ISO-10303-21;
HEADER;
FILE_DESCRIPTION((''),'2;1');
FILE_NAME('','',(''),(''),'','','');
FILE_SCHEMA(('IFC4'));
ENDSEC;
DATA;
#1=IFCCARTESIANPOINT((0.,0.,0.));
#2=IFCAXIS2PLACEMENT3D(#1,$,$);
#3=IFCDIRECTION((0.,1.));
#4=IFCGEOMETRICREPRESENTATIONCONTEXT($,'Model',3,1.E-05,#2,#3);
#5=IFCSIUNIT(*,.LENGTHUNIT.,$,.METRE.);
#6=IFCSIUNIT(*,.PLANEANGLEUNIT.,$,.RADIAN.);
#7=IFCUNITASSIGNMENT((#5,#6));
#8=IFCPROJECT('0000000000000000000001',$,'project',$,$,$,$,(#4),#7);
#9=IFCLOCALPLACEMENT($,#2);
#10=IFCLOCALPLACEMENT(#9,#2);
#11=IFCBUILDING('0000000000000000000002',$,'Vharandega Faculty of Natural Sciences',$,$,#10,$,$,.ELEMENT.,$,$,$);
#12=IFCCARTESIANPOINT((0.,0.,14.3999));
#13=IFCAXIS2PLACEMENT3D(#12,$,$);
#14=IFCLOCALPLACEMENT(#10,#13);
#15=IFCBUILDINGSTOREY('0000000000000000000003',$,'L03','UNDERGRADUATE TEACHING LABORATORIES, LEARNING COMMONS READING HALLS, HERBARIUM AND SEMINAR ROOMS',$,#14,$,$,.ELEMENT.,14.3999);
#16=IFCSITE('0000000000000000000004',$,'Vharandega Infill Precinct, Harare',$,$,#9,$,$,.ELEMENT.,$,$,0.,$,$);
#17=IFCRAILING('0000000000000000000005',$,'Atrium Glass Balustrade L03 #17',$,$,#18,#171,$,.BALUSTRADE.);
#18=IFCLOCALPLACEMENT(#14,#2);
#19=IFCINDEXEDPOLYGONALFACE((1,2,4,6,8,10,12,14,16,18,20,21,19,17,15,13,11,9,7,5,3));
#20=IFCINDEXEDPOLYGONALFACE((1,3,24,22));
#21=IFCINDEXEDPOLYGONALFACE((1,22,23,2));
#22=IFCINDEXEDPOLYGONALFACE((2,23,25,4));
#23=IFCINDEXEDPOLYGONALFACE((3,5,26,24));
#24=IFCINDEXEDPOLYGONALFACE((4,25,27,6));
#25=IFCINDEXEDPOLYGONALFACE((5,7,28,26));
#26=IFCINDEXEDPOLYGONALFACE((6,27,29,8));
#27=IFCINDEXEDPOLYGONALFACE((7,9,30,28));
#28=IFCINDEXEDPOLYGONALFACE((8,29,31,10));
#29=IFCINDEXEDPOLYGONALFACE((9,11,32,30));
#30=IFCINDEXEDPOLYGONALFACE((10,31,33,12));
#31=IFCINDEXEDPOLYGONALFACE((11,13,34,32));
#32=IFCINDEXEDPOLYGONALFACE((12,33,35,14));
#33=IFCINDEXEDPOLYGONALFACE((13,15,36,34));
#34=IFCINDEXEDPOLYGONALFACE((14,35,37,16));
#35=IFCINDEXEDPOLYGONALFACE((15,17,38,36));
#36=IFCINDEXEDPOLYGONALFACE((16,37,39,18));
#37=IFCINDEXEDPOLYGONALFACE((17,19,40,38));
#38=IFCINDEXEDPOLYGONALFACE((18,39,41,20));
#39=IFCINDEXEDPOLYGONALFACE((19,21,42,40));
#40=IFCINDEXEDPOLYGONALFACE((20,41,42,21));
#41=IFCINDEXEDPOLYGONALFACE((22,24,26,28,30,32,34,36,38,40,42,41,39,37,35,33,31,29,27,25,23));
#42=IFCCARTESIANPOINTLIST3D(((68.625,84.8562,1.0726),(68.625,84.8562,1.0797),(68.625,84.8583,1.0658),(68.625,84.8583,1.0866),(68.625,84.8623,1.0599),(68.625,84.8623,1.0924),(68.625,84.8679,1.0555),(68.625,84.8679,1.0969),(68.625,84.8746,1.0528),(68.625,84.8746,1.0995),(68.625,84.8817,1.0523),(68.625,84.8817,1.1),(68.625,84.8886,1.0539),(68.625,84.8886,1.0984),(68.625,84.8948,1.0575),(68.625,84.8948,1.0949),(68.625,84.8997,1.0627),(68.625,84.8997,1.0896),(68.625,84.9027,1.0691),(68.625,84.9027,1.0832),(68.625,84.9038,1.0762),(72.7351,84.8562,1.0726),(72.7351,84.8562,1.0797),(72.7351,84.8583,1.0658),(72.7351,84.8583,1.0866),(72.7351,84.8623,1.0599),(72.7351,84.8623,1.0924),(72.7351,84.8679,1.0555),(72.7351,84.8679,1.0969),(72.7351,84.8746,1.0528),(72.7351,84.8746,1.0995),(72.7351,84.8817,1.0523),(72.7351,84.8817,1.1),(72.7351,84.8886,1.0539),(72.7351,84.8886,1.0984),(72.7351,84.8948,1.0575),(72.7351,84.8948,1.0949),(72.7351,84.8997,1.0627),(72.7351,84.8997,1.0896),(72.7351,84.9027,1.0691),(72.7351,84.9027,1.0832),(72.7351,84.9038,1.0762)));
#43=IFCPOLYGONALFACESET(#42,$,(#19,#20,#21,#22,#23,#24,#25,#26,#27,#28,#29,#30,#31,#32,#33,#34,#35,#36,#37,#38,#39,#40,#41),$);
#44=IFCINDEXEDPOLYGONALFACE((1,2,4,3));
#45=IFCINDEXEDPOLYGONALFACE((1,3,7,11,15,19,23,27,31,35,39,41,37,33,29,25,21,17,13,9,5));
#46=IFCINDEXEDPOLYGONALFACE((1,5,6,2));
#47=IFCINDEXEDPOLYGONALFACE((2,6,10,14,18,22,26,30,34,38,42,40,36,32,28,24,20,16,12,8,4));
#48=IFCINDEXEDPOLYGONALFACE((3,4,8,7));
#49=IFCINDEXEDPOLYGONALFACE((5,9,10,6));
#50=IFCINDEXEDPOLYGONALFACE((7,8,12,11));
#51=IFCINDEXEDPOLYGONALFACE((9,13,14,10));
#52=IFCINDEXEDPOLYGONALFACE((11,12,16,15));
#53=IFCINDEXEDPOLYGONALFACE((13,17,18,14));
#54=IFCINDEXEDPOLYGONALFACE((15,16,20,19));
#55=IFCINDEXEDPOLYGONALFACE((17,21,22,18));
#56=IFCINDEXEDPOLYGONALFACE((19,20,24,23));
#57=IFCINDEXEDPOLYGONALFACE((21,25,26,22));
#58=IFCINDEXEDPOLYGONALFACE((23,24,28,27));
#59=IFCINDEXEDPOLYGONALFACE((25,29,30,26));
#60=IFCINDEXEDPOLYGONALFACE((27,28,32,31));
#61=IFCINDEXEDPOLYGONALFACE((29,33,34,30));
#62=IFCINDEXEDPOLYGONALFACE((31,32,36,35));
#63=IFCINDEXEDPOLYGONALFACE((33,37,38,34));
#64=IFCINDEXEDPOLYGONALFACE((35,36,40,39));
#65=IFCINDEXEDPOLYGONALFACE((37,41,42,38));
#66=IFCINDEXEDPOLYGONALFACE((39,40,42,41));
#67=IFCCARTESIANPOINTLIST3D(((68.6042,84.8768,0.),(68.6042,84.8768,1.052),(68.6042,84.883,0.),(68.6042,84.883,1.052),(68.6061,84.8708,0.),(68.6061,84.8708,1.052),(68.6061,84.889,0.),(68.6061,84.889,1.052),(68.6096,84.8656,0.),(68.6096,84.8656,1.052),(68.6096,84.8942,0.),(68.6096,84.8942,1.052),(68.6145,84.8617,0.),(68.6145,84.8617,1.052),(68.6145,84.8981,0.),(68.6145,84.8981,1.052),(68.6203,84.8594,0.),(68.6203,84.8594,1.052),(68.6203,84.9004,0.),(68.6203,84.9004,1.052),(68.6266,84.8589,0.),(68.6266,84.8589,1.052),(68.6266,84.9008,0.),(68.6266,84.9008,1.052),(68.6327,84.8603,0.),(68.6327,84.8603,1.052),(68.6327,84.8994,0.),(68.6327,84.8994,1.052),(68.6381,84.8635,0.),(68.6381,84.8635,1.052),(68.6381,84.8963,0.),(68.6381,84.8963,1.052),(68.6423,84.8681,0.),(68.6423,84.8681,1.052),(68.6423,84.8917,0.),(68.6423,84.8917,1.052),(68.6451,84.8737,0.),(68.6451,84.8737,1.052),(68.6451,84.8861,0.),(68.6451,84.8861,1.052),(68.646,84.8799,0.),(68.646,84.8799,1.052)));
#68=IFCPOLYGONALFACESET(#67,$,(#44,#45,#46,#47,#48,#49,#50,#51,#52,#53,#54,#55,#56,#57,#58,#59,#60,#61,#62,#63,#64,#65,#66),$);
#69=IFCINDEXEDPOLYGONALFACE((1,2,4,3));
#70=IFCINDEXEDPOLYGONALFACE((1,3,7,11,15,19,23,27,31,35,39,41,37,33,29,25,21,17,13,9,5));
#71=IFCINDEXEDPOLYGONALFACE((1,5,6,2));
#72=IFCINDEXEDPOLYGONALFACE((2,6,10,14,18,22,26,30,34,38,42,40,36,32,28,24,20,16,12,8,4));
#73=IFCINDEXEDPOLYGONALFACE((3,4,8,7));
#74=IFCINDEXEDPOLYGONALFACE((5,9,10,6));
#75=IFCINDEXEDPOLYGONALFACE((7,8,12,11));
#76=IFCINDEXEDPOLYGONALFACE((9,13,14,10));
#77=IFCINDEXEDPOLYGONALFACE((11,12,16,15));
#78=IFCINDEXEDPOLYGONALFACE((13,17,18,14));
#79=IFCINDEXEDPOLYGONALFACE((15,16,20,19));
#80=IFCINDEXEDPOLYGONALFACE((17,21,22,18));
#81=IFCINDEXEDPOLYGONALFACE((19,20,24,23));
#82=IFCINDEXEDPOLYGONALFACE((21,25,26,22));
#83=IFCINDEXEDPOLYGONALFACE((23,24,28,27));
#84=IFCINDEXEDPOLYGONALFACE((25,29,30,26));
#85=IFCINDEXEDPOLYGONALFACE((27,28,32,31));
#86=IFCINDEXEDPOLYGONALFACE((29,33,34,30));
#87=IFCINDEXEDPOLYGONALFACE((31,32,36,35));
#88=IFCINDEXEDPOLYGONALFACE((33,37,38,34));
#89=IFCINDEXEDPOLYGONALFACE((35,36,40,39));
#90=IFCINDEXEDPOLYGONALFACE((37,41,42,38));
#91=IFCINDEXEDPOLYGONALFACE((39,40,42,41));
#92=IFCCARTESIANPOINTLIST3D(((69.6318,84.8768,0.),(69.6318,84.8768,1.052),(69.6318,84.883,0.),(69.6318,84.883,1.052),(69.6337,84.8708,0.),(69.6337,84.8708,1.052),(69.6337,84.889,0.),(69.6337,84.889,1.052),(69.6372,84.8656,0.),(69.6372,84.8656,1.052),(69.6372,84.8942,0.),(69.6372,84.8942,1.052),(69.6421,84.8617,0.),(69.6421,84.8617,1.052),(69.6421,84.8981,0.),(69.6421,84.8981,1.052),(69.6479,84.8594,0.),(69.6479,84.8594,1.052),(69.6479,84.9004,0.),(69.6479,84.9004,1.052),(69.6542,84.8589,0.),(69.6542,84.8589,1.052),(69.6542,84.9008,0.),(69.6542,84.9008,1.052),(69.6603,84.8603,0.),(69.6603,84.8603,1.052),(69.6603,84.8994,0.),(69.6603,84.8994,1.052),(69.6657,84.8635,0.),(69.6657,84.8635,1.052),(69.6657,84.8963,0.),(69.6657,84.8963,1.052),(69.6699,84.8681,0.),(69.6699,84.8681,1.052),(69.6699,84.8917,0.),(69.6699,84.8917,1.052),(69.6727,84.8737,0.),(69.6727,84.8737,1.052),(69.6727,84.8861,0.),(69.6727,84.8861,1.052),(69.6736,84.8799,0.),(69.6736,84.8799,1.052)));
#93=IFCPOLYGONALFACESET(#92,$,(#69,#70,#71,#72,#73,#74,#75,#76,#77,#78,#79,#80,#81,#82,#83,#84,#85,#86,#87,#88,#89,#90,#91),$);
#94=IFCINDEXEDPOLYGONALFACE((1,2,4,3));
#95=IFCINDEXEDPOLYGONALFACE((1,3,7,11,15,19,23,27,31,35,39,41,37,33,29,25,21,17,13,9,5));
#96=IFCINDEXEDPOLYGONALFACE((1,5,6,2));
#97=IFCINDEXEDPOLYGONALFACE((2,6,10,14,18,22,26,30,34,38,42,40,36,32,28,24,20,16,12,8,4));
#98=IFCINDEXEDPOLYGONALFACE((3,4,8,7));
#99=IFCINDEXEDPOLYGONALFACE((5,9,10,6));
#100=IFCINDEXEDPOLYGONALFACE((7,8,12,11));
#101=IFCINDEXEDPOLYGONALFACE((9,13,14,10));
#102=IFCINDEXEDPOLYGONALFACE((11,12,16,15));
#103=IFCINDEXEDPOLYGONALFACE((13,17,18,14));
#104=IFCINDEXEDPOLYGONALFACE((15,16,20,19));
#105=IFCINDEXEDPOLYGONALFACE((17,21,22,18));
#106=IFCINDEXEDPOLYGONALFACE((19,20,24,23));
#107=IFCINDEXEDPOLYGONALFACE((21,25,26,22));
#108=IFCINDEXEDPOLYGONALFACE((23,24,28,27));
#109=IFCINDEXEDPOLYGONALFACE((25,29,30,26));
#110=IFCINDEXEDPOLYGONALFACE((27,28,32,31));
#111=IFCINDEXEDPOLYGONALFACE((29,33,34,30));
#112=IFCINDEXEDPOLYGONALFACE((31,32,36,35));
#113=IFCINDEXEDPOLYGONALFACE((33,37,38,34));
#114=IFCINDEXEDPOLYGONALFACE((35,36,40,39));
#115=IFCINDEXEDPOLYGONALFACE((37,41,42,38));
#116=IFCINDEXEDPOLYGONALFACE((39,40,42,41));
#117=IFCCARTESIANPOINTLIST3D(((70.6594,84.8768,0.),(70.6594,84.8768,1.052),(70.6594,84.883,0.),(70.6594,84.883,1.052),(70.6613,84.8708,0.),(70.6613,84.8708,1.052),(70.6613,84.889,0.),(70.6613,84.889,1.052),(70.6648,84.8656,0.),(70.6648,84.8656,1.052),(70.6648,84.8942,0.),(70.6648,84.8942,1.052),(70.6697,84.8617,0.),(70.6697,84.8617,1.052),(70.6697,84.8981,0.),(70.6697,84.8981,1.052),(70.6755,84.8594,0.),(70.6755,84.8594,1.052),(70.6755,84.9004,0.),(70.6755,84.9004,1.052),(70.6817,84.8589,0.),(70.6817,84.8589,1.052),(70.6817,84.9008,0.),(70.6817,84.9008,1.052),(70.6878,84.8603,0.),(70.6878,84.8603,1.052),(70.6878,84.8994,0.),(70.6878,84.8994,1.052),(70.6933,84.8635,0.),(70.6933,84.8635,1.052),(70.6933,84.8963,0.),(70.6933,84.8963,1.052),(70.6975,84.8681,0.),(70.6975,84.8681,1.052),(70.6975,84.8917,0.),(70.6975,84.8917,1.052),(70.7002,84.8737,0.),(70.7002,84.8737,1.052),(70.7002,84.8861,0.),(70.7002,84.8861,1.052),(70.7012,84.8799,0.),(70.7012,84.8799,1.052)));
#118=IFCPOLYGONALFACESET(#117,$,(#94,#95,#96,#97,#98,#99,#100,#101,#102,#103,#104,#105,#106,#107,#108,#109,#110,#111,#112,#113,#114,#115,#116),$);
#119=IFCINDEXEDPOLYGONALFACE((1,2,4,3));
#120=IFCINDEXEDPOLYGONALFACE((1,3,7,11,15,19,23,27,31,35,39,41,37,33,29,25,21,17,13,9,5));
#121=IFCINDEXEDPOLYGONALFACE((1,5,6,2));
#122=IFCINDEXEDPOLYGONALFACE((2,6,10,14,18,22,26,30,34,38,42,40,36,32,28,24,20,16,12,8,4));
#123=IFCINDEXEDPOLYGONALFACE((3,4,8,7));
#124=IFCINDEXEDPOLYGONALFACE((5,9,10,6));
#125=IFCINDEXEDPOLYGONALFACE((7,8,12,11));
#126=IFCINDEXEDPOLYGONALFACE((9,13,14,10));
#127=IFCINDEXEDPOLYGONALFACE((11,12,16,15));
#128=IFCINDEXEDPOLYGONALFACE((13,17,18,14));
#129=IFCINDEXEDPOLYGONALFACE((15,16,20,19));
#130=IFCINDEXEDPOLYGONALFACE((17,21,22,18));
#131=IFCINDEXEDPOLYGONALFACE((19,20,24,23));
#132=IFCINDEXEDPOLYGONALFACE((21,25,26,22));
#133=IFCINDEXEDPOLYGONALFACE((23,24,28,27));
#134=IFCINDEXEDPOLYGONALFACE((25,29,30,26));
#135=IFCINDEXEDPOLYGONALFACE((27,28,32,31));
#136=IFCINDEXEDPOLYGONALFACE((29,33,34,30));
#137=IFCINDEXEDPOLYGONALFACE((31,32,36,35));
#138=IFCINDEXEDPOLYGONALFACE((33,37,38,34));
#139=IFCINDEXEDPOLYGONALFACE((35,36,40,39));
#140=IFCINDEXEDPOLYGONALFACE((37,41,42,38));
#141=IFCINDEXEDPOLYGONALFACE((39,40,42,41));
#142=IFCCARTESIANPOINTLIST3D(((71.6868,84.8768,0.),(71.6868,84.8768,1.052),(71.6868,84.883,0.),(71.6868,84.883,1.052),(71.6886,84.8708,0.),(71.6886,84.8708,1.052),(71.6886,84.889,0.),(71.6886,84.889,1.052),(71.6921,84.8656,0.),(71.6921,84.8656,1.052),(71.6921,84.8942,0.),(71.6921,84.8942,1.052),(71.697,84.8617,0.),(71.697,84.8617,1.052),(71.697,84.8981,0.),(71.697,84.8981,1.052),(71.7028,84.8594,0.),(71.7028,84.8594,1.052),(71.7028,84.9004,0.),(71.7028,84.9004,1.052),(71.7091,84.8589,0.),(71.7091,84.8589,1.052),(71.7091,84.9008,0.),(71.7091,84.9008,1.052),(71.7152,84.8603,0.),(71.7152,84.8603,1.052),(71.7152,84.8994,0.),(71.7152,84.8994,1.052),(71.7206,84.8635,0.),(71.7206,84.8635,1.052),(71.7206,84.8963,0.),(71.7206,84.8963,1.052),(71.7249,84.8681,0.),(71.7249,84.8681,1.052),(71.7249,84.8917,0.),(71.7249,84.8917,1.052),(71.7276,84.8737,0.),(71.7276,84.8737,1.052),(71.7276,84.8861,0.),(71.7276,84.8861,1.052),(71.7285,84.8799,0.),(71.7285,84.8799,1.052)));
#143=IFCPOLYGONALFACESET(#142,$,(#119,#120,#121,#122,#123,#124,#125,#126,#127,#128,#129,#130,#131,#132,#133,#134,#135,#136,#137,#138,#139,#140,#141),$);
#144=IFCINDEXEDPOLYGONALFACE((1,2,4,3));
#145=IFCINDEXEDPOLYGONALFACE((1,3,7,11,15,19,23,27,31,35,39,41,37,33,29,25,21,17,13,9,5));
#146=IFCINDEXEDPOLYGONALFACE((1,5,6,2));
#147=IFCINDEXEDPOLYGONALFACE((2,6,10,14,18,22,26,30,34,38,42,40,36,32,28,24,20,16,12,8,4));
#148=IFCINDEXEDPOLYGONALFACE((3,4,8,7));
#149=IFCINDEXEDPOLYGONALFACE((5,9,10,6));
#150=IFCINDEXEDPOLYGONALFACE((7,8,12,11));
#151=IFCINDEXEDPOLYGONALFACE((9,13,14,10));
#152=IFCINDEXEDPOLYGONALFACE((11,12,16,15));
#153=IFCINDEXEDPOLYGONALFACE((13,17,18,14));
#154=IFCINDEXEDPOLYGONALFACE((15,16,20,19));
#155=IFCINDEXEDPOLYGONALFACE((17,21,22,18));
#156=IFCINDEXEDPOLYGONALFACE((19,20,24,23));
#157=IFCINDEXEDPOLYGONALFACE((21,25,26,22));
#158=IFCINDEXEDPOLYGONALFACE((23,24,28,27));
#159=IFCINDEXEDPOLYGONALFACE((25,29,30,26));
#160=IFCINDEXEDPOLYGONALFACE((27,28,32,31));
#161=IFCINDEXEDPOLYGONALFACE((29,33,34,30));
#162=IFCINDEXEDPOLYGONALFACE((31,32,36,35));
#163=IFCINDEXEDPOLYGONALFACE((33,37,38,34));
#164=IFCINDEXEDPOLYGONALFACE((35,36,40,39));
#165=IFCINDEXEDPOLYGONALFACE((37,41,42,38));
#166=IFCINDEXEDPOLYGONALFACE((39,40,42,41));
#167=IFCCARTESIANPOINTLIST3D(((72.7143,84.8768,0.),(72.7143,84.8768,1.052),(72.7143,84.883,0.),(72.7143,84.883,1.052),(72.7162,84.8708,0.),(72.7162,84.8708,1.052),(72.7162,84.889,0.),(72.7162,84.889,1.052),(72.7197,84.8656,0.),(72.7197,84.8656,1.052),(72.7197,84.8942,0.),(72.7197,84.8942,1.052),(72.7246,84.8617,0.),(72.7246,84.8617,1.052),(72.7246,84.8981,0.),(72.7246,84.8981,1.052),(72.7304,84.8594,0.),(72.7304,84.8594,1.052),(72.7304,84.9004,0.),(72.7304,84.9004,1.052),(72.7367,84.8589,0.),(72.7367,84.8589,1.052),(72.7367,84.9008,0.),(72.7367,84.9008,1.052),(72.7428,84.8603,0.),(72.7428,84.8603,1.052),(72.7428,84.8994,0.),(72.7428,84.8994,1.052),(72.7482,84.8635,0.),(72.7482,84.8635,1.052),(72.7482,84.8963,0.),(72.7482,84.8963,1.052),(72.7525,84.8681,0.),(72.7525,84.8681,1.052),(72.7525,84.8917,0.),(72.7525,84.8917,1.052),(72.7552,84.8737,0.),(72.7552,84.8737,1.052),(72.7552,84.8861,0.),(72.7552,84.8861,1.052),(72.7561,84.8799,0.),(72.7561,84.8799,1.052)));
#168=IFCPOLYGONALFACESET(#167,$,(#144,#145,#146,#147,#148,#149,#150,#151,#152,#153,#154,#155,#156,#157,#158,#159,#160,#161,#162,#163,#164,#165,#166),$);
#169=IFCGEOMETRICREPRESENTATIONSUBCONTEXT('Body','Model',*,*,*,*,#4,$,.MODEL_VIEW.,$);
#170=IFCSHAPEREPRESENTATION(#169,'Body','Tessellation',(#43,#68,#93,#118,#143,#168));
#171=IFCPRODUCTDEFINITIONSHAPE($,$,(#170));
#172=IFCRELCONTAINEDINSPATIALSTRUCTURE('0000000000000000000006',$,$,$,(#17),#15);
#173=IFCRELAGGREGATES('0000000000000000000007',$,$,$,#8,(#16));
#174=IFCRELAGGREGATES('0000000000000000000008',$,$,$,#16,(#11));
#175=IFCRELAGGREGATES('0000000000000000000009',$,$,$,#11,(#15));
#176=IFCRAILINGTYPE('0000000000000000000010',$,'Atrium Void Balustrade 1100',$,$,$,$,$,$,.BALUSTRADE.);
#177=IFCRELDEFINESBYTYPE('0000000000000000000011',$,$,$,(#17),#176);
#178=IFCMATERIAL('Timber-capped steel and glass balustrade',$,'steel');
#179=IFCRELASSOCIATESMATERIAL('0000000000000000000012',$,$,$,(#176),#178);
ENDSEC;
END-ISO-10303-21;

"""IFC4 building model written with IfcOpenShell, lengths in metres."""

from ifc_helpers import new_model, si_unit, direction, frame, origin, origin_2d, place, context, subcontext, project, spatial, circle, extrude, material, type_object, element, save


model = new_model("IFC4")

# Units and contexts
model_context = context("Model", 3, precision=1e-05, world=origin(), true_north=direction((0.0, 1.0)))
body_context = subcontext(model_context, "Body", "Model", "MODEL_VIEW")
ifc_project = project(units=[si_unit("LENGTHUNIT", "METRE"), si_unit("PLANEANGLEUNIT", "RADIAN")], contexts=[model_context])

# Site, building, storey
site_placement = place(None, origin())
site = spatial("IfcSite", under=ifc_project, at=site_placement, Name="Vharandega Infill Precinct, Harare", CompositionType="ELEMENT", RefElevation=0.0)
building_placement = place(site_placement, origin())
building = spatial("IfcBuilding", under=site, at=building_placement, Name="Vharandega Faculty of Natural Sciences", CompositionType="ELEMENT")
storey_placement = place(building_placement, frame((0.0, 0.0, 14.3999)))
storey = spatial("IfcBuildingStorey", under=building, at=storey_placement, Name="L03", Description="UNDERGRADUATE TEACHING LABORATORIES, LEARNING COMMONS READING HALLS, HERBARIUM AND SEMINAR ROOMS", CompositionType="ELEMENT", Elevation=14.3999)

# Railing
ifc_material_1 = material(Name="Timber-capped steel and glass balustrade", Category="steel")
railing_type = type_object("IfcRailingType", Name="Atrium Void Balustrade 1100", PredefinedType="BALUSTRADE", material=ifc_material_1)
for number, where, name in (
    (1, (68.625, 84.8799, 0.0), "Atrium Glass Balustrade L03 #17"),
):
    element("IfcRailing", number, at=place(storey_placement, frame(where)), inside=storey, type_object=railing_type, Name=name, PredefinedType="BALUSTRADE", context=body_context, shape_type="SweptSolid", body=[
        extrude(circle(Radius=0.0239, at=origin_2d()), frame((0.0, 0.0, 1.0762), z_axis=(1.0, 0.0, 0.0), x_axis=(0.0, 1.0, 0.0)), (0.0, 0.0, 1.0), 4.1101),
        extrude(circle(Radius=0.021, at=origin_2d()), origin(), (0.0, 0.0, 1.0), 1.052),
        extrude(circle(Radius=0.021, at=origin_2d()), frame((1.0276, 0.0, 0.0)), (0.0, 0.0, 1.0), 1.052),
        extrude(circle(Radius=0.021, at=origin_2d()), frame((2.0552, 0.0, 0.0)), (0.0, 0.0, 1.0), 1.052),
        extrude(circle(Radius=0.021, at=origin_2d()), frame((3.0825, 0.0, 0.0)), (0.0, 0.0, 1.0), 1.052),
        extrude(circle(Radius=0.021, at=origin_2d()), frame((4.1101, 0.0, 0.0)), (0.0, 0.0, 1.0), 1.052),
    ])

save(model, "model.ifc")
